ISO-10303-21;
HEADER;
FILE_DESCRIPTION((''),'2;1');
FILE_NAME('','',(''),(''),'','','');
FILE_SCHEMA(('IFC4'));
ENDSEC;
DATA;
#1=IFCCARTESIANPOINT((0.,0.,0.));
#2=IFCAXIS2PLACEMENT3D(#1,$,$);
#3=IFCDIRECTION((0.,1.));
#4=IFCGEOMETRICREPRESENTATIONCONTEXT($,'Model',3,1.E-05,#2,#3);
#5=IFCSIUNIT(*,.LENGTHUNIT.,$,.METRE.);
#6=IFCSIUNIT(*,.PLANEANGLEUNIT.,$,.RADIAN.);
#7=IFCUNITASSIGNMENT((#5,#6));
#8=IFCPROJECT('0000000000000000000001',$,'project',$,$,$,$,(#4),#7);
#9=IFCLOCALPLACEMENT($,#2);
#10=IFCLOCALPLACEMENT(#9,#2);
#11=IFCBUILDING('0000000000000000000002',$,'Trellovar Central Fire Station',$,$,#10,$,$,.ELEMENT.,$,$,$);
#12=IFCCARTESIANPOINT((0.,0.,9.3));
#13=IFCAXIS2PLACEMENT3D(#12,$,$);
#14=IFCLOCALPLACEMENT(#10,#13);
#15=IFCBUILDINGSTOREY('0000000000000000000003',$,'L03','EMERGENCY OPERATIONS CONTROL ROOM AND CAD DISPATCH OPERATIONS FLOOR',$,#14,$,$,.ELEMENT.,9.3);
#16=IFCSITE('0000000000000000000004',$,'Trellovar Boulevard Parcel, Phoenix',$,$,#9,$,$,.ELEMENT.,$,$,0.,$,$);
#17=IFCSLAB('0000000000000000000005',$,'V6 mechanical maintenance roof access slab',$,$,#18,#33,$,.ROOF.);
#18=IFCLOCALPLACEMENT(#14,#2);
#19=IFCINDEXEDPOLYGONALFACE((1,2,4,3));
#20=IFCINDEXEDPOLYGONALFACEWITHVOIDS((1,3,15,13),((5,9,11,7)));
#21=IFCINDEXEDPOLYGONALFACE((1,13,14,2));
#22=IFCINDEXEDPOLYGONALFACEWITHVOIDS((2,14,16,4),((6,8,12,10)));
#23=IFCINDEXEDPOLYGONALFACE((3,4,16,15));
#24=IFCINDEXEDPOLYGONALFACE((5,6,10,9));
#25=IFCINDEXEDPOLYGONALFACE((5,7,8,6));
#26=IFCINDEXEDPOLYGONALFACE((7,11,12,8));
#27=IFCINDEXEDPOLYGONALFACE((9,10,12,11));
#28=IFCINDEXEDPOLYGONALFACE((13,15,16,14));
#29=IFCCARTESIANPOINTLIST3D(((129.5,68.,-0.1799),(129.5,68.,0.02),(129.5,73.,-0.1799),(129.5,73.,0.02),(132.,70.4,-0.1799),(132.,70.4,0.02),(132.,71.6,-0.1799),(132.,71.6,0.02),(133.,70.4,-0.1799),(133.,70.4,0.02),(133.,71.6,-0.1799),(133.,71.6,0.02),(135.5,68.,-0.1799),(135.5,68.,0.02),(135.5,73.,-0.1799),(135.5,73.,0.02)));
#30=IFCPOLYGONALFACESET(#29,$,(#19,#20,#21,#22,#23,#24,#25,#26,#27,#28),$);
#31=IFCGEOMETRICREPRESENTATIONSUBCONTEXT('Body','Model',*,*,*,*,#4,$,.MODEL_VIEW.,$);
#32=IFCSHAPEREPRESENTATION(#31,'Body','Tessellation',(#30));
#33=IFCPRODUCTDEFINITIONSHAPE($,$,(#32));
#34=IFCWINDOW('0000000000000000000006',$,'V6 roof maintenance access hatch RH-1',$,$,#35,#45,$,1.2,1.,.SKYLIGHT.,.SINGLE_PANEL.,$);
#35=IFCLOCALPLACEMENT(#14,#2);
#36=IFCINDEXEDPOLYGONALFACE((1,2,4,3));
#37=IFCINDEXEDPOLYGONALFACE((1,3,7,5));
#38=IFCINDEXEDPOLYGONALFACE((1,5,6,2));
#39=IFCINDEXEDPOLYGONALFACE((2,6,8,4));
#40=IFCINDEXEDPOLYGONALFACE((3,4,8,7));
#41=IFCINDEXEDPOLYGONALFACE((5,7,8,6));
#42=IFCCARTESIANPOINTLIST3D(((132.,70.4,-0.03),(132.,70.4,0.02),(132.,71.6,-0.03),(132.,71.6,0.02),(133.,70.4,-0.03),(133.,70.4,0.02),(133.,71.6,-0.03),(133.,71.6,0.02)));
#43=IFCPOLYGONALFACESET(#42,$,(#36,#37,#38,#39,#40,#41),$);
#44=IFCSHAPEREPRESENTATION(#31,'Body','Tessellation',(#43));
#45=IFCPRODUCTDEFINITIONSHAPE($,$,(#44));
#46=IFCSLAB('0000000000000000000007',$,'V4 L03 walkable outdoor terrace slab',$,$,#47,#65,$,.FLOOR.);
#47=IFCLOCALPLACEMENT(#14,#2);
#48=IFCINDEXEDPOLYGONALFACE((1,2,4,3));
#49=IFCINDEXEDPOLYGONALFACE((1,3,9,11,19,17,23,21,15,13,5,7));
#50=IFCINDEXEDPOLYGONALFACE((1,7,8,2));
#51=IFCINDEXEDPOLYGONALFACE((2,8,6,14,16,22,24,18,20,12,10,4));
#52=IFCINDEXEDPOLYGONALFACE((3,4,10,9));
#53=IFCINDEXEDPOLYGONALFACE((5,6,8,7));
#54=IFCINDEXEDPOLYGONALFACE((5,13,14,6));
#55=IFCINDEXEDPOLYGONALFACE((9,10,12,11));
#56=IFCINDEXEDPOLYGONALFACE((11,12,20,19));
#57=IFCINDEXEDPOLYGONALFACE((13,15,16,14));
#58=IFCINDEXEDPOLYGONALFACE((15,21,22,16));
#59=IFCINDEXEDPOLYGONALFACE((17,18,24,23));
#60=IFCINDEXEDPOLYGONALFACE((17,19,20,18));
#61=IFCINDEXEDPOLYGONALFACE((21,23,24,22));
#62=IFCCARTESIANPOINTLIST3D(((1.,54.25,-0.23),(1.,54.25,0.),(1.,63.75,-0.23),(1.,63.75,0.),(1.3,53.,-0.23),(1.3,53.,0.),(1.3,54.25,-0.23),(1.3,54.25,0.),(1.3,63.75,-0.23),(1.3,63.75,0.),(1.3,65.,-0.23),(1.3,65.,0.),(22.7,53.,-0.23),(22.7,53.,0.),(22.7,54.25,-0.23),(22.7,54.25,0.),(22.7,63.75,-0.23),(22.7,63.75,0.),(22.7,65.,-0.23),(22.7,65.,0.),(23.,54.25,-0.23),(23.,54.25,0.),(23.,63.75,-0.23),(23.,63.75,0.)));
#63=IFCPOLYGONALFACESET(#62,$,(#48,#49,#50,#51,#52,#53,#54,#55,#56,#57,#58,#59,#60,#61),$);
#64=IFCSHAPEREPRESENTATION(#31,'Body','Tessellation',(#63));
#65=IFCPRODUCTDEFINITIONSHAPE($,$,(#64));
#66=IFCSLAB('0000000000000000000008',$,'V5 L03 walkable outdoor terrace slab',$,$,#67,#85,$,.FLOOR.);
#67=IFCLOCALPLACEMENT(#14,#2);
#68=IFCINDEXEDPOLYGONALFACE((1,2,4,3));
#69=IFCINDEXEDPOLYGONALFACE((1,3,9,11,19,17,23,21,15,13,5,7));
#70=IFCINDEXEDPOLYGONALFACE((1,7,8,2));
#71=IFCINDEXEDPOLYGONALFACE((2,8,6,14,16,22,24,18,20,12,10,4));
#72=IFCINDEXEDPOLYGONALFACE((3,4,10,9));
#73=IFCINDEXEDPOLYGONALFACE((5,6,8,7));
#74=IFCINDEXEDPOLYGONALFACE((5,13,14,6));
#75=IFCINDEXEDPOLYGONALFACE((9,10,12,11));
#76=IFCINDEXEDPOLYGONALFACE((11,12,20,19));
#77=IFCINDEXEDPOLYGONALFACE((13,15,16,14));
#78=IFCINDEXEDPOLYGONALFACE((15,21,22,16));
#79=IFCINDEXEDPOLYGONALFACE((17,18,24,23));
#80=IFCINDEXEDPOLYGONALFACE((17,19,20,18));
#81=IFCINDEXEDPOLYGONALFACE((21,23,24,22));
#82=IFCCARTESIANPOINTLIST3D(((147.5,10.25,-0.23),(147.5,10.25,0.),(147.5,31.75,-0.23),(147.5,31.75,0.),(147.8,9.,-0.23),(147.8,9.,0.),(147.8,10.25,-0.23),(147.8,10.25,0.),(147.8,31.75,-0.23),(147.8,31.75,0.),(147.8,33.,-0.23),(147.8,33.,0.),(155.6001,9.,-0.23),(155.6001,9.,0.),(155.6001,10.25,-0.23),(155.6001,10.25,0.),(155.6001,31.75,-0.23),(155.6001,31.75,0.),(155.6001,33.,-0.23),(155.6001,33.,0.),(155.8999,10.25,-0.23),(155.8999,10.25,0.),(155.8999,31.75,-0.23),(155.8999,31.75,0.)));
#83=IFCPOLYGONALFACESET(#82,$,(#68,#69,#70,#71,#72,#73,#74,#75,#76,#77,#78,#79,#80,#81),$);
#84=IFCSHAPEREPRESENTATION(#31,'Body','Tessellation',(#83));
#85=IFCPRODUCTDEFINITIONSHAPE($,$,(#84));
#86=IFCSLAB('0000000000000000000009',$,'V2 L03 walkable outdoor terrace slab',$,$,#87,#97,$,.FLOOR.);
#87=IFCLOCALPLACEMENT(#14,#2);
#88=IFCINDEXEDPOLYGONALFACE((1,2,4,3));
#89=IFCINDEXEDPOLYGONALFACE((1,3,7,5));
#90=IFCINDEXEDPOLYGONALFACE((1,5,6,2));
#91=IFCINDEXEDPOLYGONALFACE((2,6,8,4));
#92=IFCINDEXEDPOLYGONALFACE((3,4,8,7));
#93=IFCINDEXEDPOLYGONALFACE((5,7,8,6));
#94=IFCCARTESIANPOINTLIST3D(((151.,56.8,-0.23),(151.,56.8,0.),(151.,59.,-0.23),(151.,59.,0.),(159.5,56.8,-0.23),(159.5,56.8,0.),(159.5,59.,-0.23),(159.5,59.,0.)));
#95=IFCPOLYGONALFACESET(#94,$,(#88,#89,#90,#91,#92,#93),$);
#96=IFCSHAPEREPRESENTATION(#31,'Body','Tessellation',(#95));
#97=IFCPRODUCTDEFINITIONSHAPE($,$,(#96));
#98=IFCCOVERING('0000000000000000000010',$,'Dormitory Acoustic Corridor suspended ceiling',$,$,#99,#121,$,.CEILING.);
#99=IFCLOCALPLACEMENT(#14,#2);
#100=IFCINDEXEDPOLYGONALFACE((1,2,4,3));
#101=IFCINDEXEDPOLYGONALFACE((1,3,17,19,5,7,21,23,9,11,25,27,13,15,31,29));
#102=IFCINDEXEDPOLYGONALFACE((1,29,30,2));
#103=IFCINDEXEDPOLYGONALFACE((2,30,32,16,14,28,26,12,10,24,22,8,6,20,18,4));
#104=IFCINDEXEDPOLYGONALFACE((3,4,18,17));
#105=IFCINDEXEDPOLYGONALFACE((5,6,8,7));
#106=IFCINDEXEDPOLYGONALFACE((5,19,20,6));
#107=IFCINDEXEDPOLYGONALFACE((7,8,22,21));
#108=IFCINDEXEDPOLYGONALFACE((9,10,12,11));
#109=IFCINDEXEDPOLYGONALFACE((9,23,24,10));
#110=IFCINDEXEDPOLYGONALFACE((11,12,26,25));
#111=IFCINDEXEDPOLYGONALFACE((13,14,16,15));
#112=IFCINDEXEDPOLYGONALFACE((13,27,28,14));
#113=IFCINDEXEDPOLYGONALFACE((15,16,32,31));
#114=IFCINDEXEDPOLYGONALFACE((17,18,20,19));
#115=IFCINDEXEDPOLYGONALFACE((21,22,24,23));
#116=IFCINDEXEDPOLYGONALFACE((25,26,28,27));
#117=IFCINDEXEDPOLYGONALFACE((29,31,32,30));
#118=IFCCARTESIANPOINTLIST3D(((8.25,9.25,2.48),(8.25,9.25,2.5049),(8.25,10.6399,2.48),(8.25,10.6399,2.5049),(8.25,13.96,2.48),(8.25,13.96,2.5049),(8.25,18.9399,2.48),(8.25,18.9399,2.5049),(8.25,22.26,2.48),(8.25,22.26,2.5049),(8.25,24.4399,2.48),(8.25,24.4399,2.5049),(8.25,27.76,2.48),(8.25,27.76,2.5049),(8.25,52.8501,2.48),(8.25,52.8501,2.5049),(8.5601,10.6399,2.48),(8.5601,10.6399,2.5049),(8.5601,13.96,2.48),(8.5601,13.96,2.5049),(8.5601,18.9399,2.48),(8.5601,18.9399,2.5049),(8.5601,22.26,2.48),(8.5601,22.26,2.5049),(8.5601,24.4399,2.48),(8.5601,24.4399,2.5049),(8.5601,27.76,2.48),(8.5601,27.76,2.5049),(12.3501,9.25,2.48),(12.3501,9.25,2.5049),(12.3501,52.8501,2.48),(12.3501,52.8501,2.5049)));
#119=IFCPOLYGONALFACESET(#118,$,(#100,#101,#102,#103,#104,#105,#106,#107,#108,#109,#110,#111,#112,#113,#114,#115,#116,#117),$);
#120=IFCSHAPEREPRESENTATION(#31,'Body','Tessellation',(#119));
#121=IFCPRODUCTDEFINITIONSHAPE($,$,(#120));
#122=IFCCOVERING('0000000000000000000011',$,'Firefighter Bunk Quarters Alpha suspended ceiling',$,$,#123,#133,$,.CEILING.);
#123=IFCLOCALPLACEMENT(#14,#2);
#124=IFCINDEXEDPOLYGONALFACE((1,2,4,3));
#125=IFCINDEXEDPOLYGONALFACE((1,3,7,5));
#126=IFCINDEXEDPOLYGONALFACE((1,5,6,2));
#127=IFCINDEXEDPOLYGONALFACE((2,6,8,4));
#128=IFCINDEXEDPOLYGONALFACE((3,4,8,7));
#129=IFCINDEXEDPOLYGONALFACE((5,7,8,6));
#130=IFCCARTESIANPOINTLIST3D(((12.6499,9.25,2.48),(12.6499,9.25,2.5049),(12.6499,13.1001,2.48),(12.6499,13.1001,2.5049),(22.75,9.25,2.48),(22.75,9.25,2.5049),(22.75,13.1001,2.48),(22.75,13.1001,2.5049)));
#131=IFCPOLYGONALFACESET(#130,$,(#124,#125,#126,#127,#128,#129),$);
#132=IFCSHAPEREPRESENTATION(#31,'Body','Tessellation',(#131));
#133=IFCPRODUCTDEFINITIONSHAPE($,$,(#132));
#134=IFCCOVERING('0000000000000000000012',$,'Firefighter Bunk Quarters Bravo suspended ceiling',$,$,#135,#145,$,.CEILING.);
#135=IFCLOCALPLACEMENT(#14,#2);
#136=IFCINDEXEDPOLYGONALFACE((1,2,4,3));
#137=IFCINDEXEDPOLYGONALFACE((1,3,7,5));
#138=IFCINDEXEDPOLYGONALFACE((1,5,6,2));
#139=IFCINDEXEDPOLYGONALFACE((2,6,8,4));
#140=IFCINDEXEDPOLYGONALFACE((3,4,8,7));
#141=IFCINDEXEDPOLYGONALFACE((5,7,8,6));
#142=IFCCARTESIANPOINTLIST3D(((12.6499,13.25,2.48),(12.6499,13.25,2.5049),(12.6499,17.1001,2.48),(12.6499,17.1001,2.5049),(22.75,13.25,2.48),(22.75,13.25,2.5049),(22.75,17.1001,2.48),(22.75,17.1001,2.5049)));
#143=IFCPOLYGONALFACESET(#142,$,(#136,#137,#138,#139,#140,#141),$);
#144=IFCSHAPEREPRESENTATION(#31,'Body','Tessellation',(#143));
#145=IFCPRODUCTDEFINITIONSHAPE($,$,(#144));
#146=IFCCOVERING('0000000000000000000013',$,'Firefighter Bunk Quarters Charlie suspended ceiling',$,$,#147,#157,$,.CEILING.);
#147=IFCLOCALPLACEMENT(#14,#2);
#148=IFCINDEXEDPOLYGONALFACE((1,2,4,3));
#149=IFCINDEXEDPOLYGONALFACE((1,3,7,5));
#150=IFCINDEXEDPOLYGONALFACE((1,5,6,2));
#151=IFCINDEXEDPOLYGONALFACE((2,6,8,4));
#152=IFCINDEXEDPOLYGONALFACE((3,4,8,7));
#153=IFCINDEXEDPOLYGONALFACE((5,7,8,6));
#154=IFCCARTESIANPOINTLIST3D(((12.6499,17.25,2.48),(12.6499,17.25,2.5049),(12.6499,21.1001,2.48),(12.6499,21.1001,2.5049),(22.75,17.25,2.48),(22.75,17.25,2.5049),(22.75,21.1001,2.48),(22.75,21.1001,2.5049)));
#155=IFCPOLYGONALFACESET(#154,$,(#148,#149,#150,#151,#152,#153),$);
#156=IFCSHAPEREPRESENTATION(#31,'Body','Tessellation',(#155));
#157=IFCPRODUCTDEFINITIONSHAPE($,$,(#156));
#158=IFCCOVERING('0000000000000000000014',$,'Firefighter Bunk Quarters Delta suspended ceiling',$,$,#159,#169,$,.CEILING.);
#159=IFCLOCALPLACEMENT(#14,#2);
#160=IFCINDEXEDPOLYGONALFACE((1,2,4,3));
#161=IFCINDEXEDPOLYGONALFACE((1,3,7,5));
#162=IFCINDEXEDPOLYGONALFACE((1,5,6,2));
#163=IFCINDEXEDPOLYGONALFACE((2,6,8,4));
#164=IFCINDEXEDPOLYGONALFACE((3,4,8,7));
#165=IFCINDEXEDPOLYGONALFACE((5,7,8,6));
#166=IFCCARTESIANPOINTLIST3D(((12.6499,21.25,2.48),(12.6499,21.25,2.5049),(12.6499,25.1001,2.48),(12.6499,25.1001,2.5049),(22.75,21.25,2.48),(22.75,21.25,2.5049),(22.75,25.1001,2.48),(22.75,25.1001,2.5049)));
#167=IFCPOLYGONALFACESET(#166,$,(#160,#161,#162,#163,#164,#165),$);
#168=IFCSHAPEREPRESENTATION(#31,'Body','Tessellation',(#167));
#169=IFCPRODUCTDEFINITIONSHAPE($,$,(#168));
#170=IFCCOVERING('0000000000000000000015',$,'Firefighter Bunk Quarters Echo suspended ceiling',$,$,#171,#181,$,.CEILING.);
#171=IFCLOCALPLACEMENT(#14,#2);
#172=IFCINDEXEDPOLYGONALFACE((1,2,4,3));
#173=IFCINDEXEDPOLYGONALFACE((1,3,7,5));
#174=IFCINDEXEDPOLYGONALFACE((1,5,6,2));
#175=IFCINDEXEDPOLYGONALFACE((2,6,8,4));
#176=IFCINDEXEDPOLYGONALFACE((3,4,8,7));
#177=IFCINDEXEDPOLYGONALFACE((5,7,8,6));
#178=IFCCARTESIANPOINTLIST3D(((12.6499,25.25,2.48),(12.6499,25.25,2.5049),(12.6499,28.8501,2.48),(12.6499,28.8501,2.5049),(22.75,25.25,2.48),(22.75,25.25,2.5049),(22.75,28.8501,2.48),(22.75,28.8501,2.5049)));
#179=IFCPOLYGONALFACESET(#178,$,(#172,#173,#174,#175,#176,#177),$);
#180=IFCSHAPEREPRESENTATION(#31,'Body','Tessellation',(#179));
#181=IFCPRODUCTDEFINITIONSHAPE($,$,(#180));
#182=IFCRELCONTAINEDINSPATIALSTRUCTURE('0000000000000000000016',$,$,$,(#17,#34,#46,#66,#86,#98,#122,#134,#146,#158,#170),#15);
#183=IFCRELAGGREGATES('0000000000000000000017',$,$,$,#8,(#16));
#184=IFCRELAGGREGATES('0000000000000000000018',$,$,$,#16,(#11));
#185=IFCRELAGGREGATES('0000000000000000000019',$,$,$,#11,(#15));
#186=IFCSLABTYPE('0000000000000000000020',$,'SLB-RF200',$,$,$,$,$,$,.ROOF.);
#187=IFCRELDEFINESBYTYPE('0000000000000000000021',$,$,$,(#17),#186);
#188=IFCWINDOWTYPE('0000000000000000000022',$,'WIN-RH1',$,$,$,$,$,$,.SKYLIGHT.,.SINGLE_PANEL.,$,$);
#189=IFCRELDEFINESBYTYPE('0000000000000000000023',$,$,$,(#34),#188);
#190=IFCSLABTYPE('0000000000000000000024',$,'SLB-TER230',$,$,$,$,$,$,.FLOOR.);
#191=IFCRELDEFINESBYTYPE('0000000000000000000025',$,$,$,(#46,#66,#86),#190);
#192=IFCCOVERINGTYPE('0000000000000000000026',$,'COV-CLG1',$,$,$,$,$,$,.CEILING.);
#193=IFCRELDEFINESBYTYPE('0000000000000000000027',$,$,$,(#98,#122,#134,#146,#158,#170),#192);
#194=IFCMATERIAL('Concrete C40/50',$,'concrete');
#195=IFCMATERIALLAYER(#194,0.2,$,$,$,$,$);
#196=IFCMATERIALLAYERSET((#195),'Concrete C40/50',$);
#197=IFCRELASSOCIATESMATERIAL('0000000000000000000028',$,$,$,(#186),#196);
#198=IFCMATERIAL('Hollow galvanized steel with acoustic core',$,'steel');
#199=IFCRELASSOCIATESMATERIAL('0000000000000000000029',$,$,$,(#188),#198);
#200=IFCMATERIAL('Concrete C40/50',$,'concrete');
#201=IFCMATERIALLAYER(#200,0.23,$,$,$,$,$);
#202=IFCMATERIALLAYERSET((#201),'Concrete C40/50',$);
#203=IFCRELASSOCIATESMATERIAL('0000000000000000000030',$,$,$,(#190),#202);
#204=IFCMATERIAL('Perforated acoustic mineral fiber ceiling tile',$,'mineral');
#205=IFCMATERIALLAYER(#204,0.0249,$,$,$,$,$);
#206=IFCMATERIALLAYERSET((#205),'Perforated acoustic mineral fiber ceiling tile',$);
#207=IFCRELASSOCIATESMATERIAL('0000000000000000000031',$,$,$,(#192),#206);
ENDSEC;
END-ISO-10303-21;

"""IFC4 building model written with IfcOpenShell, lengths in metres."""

from ifc_helpers import new_model, si_unit, direction, frame, origin, origin_2d, place, context, subcontext, project, spatial, polyline, rectangle, outline, extrude, material, layer, layer_set, type_object, element, fill, save


model = new_model("IFC4")

# Units and contexts
model_context = context("Model", 3, precision=1e-05, world=origin(), true_north=direction((0.0, 1.0)))
body_context = subcontext(model_context, "Body", "Model", "MODEL_VIEW")
ifc_project = project(units=[si_unit("LENGTHUNIT", "METRE"), si_unit("PLANEANGLEUNIT", "RADIAN")], contexts=[model_context])

# Site, building, storey
site_placement = place(None, origin())
site = spatial("IfcSite", under=ifc_project, at=site_placement, Name="Trellovar Boulevard Parcel, Phoenix", CompositionType="ELEMENT", RefElevation=0.0)
building_placement = place(site_placement, origin())
building = spatial("IfcBuilding", under=site, at=building_placement, Name="Trellovar Central Fire Station", CompositionType="ELEMENT")
storey_placement = place(building_placement, frame((0.0, 0.0, 9.3)))
storey = spatial("IfcBuildingStorey", under=building, at=storey_placement, Name="L03", Description="EMERGENCY OPERATIONS CONTROL ROOM AND CAD DISPATCH OPERATIONS FLOOR", CompositionType="ELEMENT", Elevation=9.3)

# Slab, opening, window
ifc_material_1 = material(Name="Concrete C40/50", Category="concrete")
ifc_layer_1 = layer(ifc_material_1, 0.2)
ifc_layer_set_1 = layer_set([ifc_layer_1], Name="Concrete C40/50")
slab_type_1 = type_object("IfcSlabType", Name="SLB-RF200", PredefinedType="ROOF", material=ifc_layer_set_1)
slab_1_placement = place(storey_placement, frame((0.0, 0.0, -0.1799)))
slab_1 = element("IfcSlab", 1, at=slab_1_placement, inside=storey, type_object=slab_type_1, Name="V6 mechanical maintenance roof access slab", PredefinedType="ROOF", context=body_context, shape_type="SweptSolid", body=[
    extrude(outline(polyline([(129.5, 68.0), (135.5, 68.0), (135.5, 73.0), (129.5, 73.0), (129.5, 68.0)])), origin(), (0.0, 0.0, 1.0), 0.2),
])
opening_placement = place(slab_1_placement, frame((132.5, 71.0, 0.0)))
opening = element("IfcOpeningElement", 2, at=opening_placement, cuts=slab_1, PredefinedType="OPENING", context=body_context, shape_type="SweptSolid", body=[
    extrude(rectangle(XDim=1.0, YDim=1.2, at=origin_2d()), origin(), (0.0, 0.0, 1.0), 0.2),
])
ifc_material_2 = material(Name="Hollow galvanized steel with acoustic core", Category="steel")
window_type = type_object("IfcWindowType", Name="WIN-RH1", PartitioningType="SINGLE_PANEL", PredefinedType="SKYLIGHT", material=ifc_material_2)
window_placement = place(opening_placement, frame((0.0, 0.0, 0.1499)))
window = element("IfcWindow", 3, at=window_placement, inside=storey, type_object=window_type, Name="V6 roof maintenance access hatch RH-1", OverallHeight=1.2, OverallWidth=1.0, PartitioningType="SINGLE_PANEL", PredefinedType="SKYLIGHT", context=body_context, shape_type="SweptSolid", body=[
    extrude(rectangle(XDim=1.0, YDim=1.2, at=origin_2d()), origin(), (0.0, 0.0, 1.0), 0.05),
])
fill(opening, window)

# Slabs
ifc_material_3 = material(Name="Concrete C40/50", Category="concrete")
ifc_layer_2 = layer(ifc_material_3, 0.23)
ifc_layer_set_2 = layer_set([ifc_layer_2], Name="Concrete C40/50")
slab_type_2 = type_object("IfcSlabType", Name="SLB-TER230", PredefinedType="FLOOR", material=ifc_layer_set_2)
slab_2_placement = place(storey_placement, frame((0.0, 0.0, -0.23)))
element("IfcSlab", 4, at=slab_2_placement, inside=storey, type_object=slab_type_2, Name="V4 L03 walkable outdoor terrace slab", PredefinedType="FLOOR", context=body_context, shape_type="SweptSolid", body=[
    extrude(outline(polyline([(1.3, 53.0), (22.7, 53.0), (22.7, 54.25), (23.0, 54.25), (23.0, 63.75), (22.7, 63.75), (22.7, 65.0), (1.3, 65.0), (1.3, 63.75), (1.0, 63.75), (1.0, 54.25), (1.3, 54.25), (1.3, 53.0)])), origin(), (0.0, 0.0, 1.0), 0.23),
])
slab_3_placement = place(storey_placement, frame((0.0, 0.0, -0.23)))
element("IfcSlab", 5, at=slab_3_placement, inside=storey, type_object=slab_type_2, Name="V5 L03 walkable outdoor terrace slab", PredefinedType="FLOOR", context=body_context, shape_type="SweptSolid", body=[
    extrude(outline(polyline([(147.8, 9.0), (155.6001, 9.0), (155.6001, 10.25), (155.8999, 10.25), (155.8999, 31.75), (155.6001, 31.75), (155.6001, 33.0), (147.8, 33.0), (147.8, 31.75), (147.5, 31.75), (147.5, 10.25), (147.8, 10.25), (147.8, 9.0)])), origin(), (0.0, 0.0, 1.0), 0.23),
])
slab_4_placement = place(storey_placement, frame((0.0, 0.0, -0.23)))
element("IfcSlab", 6, at=slab_4_placement, inside=storey, type_object=slab_type_2, Name="V2 L03 walkable outdoor terrace slab", PredefinedType="FLOOR", context=body_context, shape_type="SweptSolid", body=[
    extrude(outline(polyline([(151.0, 56.8), (159.5, 56.8), (159.5, 59.0), (151.0, 59.0), (151.0, 56.8)])), origin(), (0.0, 0.0, 1.0), 0.23),
])

# Coverings
ifc_material_4 = material(Name="Perforated acoustic mineral fiber ceiling tile", Category="mineral")
ifc_layer_3 = layer(ifc_material_4, 0.0249)
ifc_layer_set_3 = layer_set([ifc_layer_3], Name="Perforated acoustic mineral fiber ceiling tile")
covering_type_1 = type_object("IfcCoveringType", Name="COV-CLG1", PredefinedType="CEILING", material=ifc_layer_set_3)
covering_1_placement = place(storey_placement, frame((0.0, 0.0, 2.48)))
element("IfcCovering", 7, at=covering_1_placement, inside=storey, type_object=covering_type_1, Name="Dormitory Acoustic Corridor suspended ceiling", PredefinedType="CEILING", context=body_context, shape_type="SweptSolid", body=[
    extrude(outline(polyline([(8.5601, 18.9399), (8.5601, 22.26), (8.25, 22.26), (8.25, 24.4399), (8.5601, 24.4399), (8.5601, 27.76), (8.25, 27.76), (8.25, 52.8501), (12.3501, 52.8501), (12.3501, 9.25), (8.25, 9.25), (8.25, 10.6399), (8.5601, 10.6399), (8.5601, 13.96), (8.25, 13.96), (8.25, 18.9399), (8.5601, 18.9399)])), origin(), (0.0, 0.0, 1.0), 0.0249),
])
covering_2_placement = place(storey_placement, frame((0.0, 0.0, 2.48)))
element("IfcCovering", 8, at=covering_2_placement, inside=storey, type_object=covering_type_1, Name="Firefighter Bunk Quarters Alpha suspended ceiling", PredefinedType="CEILING", context=body_context, shape_type="SweptSolid", body=[
    extrude(outline(polyline([(22.75, 13.1001), (22.75, 9.25), (12.6499, 9.25), (12.6499, 13.1001), (22.75, 13.1001)])), origin(), (0.0, 0.0, 1.0), 0.0249),
])
covering_3_placement = place(storey_placement, frame((0.0, 0.0, 2.48)))
element("IfcCovering", 9, at=covering_3_placement, inside=storey, type_object=covering_type_1, Name="Firefighter Bunk Quarters Bravo suspended ceiling", PredefinedType="CEILING", context=body_context, shape_type="SweptSolid", body=[
    extrude(outline(polyline([(22.75, 17.1001), (22.75, 13.25), (12.6499, 13.25), (12.6499, 17.1001), (22.75, 17.1001)])), origin(), (0.0, 0.0, 1.0), 0.0249),
])
covering_4_placement = place(storey_placement, frame((0.0, 0.0, 2.48)))
element("IfcCovering", 10, at=covering_4_placement, inside=storey, type_object=covering_type_1, Name="Firefighter Bunk Quarters Charlie suspended ceiling", PredefinedType="CEILING", context=body_context, shape_type="SweptSolid", body=[
    extrude(outline(polyline([(22.75, 21.1001), (22.75, 17.25), (12.6499, 17.25), (12.6499, 21.1001), (22.75, 21.1001)])), origin(), (0.0, 0.0, 1.0), 0.0249),
])
covering_5_placement = place(storey_placement, frame((0.0, 0.0, 2.48)))
element("IfcCovering", 11, at=covering_5_placement, inside=storey, type_object=covering_type_1, Name="Firefighter Bunk Quarters Delta suspended ceiling", PredefinedType="CEILING", context=body_context, shape_type="SweptSolid", body=[
    extrude(outline(polyline([(22.75, 25.1001), (22.75, 21.25), (12.6499, 21.25), (12.6499, 25.1001), (22.75, 25.1001)])), origin(), (0.0, 0.0, 1.0), 0.0249),
])
covering_6_placement = place(storey_placement, frame((0.0, 0.0, 2.48)))
element("IfcCovering", 12, at=covering_6_placement, inside=storey, type_object=covering_type_1, Name="Firefighter Bunk Quarters Echo suspended ceiling", PredefinedType="CEILING", context=body_context, shape_type="SweptSolid", body=[
    extrude(outline(polyline([(22.75, 28.8501), (22.75, 25.25), (12.6499, 25.25), (12.6499, 28.8501), (22.75, 28.8501)])), origin(), (0.0, 0.0, 1.0), 0.0249),
])

save(model, "model.ifc")
